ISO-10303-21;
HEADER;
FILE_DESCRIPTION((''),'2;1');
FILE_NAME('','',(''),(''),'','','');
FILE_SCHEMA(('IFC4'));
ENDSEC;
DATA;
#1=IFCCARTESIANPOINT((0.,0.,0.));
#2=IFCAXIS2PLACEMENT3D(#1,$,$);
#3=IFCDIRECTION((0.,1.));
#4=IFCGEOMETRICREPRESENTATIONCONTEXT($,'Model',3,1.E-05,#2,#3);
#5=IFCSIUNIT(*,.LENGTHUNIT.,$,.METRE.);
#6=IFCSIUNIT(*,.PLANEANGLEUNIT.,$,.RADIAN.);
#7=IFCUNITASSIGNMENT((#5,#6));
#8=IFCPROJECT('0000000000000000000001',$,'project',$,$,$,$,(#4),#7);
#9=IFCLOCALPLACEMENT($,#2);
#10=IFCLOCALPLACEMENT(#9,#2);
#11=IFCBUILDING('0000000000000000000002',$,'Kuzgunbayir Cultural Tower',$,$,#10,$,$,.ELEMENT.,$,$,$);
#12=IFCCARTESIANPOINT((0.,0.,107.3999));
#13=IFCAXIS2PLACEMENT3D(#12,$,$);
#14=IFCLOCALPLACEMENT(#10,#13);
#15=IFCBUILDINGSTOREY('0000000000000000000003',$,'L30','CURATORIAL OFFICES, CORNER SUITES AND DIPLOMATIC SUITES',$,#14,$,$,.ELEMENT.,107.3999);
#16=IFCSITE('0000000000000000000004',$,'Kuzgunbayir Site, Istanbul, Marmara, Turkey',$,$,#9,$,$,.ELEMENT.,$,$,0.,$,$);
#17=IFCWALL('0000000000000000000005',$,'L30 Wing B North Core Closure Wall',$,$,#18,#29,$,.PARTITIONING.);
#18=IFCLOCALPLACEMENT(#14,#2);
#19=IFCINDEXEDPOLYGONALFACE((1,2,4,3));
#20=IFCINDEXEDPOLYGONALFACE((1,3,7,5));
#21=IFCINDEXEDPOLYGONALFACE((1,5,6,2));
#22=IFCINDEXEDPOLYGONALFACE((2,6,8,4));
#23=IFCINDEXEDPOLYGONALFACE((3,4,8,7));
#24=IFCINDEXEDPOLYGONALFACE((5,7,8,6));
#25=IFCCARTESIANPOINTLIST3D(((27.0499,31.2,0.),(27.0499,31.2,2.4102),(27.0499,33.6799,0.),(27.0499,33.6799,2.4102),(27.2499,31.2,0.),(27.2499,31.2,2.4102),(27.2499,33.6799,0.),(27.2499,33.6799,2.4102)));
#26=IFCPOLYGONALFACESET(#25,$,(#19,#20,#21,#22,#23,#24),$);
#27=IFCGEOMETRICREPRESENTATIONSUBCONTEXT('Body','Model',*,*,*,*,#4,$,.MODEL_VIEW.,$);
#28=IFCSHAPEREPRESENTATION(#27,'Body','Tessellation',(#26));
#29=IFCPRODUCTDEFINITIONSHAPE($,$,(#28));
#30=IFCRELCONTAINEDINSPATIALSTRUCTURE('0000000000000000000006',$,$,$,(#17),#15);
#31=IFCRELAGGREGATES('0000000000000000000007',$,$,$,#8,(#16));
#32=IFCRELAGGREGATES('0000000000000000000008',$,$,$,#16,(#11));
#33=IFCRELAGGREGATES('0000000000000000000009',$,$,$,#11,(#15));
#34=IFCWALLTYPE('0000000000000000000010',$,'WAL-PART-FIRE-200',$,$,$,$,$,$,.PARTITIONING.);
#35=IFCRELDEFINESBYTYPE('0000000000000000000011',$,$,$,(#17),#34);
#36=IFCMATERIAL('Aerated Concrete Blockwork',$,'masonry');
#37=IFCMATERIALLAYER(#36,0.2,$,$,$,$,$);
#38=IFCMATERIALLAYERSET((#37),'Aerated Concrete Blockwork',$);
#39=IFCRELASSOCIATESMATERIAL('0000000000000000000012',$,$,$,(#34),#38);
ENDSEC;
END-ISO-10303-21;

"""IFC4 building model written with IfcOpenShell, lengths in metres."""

from ifc_helpers import new_model, si_unit, direction, frame, frame_2d, origin, place, context, subcontext, project, spatial, rectangle, extrude, material, layer, layer_set, type_object, element, save


model = new_model("IFC4")

# Units and contexts
model_context = context("Model", 3, precision=1e-05, world=origin(), true_north=direction((0.0, 1.0)))
body_context = subcontext(model_context, "Body", "Model", "MODEL_VIEW")
ifc_project = project(units=[si_unit("LENGTHUNIT", "METRE"), si_unit("PLANEANGLEUNIT", "RADIAN")], contexts=[model_context])

# Site, building, storey
site_placement = place(None, origin())
site = spatial("IfcSite", under=ifc_project, at=site_placement, Name="Kuzgunbayir Site, Istanbul, Marmara, Turkey", CompositionType="ELEMENT", RefElevation=0.0)
building_placement = place(site_placement, origin())
building = spatial("IfcBuilding", under=site, at=building_placement, Name="Kuzgunbayir Cultural Tower", CompositionType="ELEMENT")
storey_placement = place(building_placement, frame((0.0, 0.0, 107.3999)))
storey = spatial("IfcBuildingStorey", under=building, at=storey_placement, Name="L30", Description="CURATORIAL OFFICES, CORNER SUITES AND DIPLOMATIC SUITES", CompositionType="ELEMENT", Elevation=107.3999)

# Shared definitions
ifc_material_1 = material(Name="Aerated Concrete Blockwork", Category="masonry")
ifc_layer_1 = layer(ifc_material_1, 0.2)
ifc_layer_set_1 = layer_set([ifc_layer_1], Name="Aerated Concrete Blockwork")
wall_type_1 = type_object("IfcWallType", Name="WAL-PART-FIRE-200", PredefinedType="PARTITIONING", material=ifc_layer_set_1)

# Wall
wall_1_placement = place(storey_placement, frame((27.1499, 31.2, 0.0), z_axis=(0.0, 0.0, 1.0), x_axis=(0.0, 1.0, 0.0)))
element("IfcWall", 1, at=wall_1_placement, inside=storey, type_object=wall_type_1, Name="L30 Wing B North Core Closure Wall", PredefinedType="PARTITIONING", context=body_context, shape_type="SweptSolid", body=[
    extrude(rectangle(XDim=2.48, YDim=0.2, at=frame_2d((1.24, 0.0))), origin(), (0.0, 0.0, 1.0), 2.4102),
])

save(model, "model.ifc")
